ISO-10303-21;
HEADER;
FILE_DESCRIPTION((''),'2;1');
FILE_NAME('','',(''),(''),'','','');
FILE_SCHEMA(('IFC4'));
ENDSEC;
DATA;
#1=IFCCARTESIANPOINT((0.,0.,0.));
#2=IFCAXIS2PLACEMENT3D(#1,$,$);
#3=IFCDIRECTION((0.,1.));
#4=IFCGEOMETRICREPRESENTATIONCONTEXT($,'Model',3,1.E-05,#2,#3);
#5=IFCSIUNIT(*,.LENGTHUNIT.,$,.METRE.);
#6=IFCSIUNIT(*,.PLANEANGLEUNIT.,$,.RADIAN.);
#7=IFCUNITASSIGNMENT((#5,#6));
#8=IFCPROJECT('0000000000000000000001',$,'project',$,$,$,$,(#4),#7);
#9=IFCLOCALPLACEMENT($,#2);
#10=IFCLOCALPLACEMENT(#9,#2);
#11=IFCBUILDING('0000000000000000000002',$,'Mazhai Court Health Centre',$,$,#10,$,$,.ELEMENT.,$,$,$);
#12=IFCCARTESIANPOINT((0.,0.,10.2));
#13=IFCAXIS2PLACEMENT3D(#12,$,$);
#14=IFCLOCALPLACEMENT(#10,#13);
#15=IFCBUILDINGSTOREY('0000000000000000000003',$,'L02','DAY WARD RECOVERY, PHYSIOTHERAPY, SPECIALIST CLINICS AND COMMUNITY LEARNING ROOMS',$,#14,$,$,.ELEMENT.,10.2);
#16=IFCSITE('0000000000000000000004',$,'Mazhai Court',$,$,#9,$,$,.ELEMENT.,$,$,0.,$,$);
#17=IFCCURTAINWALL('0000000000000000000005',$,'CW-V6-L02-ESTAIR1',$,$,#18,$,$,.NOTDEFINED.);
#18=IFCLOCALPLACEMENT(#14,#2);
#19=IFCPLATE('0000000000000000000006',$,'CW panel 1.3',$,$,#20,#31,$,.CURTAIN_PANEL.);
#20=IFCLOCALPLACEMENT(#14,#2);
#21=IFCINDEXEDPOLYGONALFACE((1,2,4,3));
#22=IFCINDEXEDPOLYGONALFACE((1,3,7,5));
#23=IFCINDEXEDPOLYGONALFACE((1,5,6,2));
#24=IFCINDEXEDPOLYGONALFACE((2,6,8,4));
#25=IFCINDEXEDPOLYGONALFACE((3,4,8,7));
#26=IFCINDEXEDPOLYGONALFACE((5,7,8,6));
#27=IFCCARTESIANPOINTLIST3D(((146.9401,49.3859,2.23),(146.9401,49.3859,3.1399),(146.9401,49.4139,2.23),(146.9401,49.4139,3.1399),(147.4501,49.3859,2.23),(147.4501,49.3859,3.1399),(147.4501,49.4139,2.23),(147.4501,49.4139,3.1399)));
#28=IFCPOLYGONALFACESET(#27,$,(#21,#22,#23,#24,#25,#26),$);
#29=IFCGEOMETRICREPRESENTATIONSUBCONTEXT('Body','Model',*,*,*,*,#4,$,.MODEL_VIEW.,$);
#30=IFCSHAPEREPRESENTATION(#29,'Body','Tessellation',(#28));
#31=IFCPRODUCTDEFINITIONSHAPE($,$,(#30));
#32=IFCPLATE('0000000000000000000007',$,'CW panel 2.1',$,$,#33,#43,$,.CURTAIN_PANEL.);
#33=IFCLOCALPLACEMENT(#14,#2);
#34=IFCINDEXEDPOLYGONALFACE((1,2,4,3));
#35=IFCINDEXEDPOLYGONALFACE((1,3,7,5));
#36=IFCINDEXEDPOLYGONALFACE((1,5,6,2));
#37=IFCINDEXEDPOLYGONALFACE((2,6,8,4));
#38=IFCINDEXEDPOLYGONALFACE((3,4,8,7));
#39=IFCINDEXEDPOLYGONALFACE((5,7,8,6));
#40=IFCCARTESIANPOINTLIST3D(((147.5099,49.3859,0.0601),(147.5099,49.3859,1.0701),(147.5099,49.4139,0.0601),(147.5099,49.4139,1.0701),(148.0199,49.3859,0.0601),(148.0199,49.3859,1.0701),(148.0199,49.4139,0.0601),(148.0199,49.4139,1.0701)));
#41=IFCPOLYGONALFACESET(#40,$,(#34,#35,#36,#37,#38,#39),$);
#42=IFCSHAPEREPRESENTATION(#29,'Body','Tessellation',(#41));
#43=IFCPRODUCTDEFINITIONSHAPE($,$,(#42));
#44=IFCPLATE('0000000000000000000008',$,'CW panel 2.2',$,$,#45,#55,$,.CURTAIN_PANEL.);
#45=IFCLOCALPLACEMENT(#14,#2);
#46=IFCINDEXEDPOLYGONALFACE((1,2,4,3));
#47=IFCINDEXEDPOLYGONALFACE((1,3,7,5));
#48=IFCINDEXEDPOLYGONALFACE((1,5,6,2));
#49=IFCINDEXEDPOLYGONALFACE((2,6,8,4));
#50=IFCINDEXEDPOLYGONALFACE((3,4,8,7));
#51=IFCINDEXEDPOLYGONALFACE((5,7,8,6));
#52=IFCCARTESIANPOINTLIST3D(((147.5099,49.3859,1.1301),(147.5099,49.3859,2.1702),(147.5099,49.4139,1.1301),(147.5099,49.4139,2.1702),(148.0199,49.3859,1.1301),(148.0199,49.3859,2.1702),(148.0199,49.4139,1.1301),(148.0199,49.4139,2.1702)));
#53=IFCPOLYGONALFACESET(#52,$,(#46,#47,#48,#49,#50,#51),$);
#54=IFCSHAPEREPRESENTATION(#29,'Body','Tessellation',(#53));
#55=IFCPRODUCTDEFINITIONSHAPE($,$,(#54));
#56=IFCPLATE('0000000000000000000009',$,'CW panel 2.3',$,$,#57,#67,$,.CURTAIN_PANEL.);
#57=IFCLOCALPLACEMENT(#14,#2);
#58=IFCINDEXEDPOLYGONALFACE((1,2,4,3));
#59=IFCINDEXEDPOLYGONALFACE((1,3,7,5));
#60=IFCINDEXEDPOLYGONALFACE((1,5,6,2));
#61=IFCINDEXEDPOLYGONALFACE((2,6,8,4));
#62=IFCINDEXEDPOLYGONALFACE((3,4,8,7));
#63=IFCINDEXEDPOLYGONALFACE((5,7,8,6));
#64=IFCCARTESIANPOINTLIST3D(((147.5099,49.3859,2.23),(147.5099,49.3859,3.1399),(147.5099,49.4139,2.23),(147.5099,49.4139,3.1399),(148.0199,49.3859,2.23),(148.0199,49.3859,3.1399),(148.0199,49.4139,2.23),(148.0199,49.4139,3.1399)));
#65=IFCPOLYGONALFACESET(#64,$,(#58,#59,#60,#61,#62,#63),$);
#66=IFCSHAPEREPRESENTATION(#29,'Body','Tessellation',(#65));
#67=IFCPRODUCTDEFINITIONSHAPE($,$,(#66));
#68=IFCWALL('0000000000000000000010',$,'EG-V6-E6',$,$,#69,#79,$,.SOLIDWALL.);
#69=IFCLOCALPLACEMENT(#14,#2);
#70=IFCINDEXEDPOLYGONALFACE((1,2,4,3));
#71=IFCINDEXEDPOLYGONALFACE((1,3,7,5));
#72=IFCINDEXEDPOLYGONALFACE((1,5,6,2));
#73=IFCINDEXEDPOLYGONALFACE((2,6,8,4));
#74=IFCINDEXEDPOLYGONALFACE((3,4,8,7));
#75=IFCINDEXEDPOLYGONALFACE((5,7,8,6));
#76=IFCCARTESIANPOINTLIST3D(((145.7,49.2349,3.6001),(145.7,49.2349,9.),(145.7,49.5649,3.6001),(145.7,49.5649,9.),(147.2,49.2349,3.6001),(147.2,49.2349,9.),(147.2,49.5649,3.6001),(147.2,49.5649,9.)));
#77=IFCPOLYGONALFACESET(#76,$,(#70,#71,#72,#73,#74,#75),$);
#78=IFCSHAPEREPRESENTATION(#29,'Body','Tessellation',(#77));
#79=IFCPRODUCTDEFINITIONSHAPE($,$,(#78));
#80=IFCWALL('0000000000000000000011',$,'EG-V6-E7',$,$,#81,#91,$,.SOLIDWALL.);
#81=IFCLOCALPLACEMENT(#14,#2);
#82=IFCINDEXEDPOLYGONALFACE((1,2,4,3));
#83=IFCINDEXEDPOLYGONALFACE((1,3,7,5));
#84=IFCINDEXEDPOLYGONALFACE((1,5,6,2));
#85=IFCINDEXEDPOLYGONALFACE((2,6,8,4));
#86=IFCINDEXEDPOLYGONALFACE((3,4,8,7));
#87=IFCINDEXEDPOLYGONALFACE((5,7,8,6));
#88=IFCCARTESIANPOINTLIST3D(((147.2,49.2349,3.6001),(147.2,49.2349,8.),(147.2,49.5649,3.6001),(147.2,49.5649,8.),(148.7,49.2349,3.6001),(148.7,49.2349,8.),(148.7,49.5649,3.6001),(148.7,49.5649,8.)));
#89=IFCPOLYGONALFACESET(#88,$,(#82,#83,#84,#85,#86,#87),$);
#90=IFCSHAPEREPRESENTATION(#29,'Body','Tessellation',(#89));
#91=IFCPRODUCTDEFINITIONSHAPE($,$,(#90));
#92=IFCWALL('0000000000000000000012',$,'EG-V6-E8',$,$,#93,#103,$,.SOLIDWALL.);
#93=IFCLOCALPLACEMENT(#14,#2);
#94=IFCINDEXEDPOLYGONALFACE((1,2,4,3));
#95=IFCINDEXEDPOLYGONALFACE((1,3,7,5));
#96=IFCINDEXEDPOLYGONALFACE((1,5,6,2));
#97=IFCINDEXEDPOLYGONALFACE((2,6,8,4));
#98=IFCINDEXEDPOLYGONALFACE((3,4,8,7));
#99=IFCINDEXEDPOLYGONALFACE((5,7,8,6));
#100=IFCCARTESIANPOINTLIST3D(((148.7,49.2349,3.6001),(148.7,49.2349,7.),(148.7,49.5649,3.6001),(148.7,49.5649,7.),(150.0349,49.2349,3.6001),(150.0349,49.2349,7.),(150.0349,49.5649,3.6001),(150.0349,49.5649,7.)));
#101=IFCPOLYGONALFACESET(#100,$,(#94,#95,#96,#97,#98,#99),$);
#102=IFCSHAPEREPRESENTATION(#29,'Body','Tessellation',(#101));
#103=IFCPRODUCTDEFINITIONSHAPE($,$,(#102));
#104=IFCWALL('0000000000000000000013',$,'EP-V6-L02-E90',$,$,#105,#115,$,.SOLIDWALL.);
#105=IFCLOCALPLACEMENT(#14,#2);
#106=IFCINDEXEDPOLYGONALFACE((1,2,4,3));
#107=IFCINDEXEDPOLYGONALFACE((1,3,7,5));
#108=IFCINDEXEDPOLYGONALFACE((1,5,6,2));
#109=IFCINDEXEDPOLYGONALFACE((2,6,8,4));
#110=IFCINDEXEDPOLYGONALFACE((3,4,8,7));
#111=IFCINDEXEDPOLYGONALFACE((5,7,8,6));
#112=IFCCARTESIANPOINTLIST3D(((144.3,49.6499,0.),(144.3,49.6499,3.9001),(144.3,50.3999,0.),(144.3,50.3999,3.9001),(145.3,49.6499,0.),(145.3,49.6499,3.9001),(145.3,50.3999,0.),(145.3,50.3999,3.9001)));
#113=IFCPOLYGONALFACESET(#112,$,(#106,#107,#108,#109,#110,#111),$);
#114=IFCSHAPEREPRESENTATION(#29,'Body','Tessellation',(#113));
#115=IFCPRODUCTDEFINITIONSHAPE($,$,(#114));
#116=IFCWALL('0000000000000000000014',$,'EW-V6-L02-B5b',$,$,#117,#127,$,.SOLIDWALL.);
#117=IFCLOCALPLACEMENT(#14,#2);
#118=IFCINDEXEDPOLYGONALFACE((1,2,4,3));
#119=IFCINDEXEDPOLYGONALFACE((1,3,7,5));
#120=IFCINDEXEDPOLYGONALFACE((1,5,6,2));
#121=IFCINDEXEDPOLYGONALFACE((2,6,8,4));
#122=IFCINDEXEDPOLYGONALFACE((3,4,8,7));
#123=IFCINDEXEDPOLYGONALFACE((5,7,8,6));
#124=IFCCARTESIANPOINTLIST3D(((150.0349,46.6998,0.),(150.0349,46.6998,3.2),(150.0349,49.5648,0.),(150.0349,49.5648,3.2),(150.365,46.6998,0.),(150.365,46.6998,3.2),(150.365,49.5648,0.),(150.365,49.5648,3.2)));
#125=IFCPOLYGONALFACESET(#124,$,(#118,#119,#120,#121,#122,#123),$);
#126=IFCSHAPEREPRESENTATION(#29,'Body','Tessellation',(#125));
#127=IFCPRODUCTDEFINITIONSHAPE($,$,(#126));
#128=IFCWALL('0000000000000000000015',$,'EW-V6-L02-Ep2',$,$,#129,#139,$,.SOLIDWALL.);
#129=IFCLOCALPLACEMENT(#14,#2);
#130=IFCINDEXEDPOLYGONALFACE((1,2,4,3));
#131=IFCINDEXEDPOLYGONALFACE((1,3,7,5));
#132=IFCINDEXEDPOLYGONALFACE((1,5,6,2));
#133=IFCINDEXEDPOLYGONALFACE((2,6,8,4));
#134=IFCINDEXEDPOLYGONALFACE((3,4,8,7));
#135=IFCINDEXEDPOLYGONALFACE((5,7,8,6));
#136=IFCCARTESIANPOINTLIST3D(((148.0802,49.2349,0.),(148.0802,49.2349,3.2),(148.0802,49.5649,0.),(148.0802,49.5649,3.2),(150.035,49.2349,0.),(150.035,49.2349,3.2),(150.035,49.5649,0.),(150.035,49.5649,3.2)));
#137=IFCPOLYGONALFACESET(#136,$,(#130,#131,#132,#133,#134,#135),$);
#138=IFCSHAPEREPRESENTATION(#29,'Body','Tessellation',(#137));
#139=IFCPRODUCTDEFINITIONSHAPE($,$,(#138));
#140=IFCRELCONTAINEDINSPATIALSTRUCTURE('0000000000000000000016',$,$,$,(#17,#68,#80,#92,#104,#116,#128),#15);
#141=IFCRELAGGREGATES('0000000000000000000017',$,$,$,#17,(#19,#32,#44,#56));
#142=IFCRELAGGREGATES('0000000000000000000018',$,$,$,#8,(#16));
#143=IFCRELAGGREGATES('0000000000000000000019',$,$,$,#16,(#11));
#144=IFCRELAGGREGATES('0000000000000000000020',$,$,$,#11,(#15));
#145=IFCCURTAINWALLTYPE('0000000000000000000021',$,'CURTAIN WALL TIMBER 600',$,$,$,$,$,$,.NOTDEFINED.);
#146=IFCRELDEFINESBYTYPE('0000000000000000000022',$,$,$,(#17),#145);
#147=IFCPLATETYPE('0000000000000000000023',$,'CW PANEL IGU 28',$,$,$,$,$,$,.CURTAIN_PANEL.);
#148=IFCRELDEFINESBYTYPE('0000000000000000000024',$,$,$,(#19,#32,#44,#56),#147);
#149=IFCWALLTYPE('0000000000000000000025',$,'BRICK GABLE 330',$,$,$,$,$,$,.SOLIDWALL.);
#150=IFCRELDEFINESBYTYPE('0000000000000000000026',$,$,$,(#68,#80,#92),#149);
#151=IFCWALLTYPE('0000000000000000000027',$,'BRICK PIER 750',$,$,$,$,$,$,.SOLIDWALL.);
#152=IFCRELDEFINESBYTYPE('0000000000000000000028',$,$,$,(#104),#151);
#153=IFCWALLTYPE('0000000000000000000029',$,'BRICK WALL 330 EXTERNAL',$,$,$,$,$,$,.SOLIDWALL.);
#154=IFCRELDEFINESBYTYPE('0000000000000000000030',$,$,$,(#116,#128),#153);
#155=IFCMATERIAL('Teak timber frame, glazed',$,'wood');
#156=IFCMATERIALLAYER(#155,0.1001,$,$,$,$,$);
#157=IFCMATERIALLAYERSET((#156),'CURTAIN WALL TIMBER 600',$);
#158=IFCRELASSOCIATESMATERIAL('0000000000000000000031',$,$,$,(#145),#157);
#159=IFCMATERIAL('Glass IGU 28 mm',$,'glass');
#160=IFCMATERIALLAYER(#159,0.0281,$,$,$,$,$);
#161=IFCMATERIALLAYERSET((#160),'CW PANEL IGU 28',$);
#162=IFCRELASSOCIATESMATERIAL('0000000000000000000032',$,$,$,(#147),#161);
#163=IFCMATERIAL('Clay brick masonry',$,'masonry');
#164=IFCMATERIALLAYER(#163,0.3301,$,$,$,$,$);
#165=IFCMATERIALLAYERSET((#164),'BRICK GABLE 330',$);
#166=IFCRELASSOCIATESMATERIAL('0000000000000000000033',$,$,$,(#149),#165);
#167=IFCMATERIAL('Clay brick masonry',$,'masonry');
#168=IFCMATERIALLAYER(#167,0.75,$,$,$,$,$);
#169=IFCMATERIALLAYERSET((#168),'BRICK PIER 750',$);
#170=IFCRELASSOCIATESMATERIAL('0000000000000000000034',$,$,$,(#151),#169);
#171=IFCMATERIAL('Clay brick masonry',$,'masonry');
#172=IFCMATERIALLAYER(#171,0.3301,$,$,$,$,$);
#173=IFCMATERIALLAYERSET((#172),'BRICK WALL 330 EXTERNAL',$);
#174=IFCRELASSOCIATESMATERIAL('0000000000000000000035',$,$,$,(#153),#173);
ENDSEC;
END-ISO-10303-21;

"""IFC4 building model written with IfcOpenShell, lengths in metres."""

from ifc_helpers import new_model, si_unit, direction, frame, frame_2d, origin, origin_2d, place, context, subcontext, project, spatial, rectangle, extrude, material, layer, layer_set, type_object, element, aggregate, save


model = new_model("IFC4")

# Units and contexts
model_context = context("Model", 3, precision=1e-05, world=origin(), true_north=direction((0.0, 1.0)))
body_context = subcontext(model_context, "Body", "Model", "MODEL_VIEW")
ifc_project = project(units=[si_unit("LENGTHUNIT", "METRE"), si_unit("PLANEANGLEUNIT", "RADIAN")], contexts=[model_context])

# Site, building, storey
site_placement = place(None, origin())
site = spatial("IfcSite", under=ifc_project, at=site_placement, Name="Mazhai Court", CompositionType="ELEMENT", RefElevation=0.0)
building_placement = place(site_placement, origin())
building = spatial("IfcBuilding", under=site, at=building_placement, Name="Mazhai Court Health Centre", CompositionType="ELEMENT")
storey_placement = place(building_placement, frame((0.0, 0.0, 10.2)))
storey = spatial("IfcBuildingStorey", under=building, at=storey_placement, Name="L02", Description="DAY WARD RECOVERY, PHYSIOTHERAPY, SPECIALIST CLINICS AND COMMUNITY LEARNING ROOMS", CompositionType="ELEMENT", Elevation=10.2)

# Curtain wall, plates
ifc_material_1 = material(Name="Teak timber frame, glazed", Category="wood")
ifc_layer_1 = layer(ifc_material_1, 0.1001)
ifc_layer_set_1 = layer_set([ifc_layer_1], Name="CURTAIN WALL TIMBER 600")
curtain_wall_type_1 = type_object("IfcCurtainWallType", Name="CURTAIN WALL TIMBER 600", PredefinedType="NOTDEFINED", material=ifc_layer_set_1)
curtain_wall_1_placement = place(storey_placement, origin())
curtain_wall_1 = element("IfcCurtainWall", 1, at=curtain_wall_1_placement, inside=storey, type_object=curtain_wall_type_1, Name="CW-V6-L02-ESTAIR1", PredefinedType="NOTDEFINED")
ifc_material_2 = material(Name="Glass IGU 28 mm", Category="glass")
ifc_layer_2 = layer(ifc_material_2, 0.0281)
ifc_layer_set_2 = layer_set([ifc_layer_2], Name="CW PANEL IGU 28")
plate_type = type_object("IfcPlateType", Name="CW PANEL IGU 28", PredefinedType="CURTAIN_PANEL", material=ifc_layer_set_2)
plate_1_placement = place(storey_placement, frame((147.1951, 49.3999, 2.23), z_axis=(0.0, 0.0, 1.0), x_axis=(1.0, 0.0, 0.0)))
plate_1 = element("IfcPlate", 2, at=plate_1_placement, type_object=plate_type, Name="CW panel 1.3", PredefinedType="CURTAIN_PANEL", context=body_context, shape_type="SweptSolid", body=[
    extrude(rectangle(XDim=0.51, YDim=0.0281, at=origin_2d()), origin(), (0.0, 0.0, 1.0), 0.9099),
])
plate_2_placement = place(storey_placement, frame((147.7649, 49.3999, 0.0601), z_axis=(0.0, 0.0, 1.0), x_axis=(1.0, 0.0, 0.0)))
plate_2 = element("IfcPlate", 3, at=plate_2_placement, type_object=plate_type, Name="CW panel 2.1", PredefinedType="CURTAIN_PANEL", context=body_context, shape_type="SweptSolid", body=[
    extrude(rectangle(XDim=0.51, YDim=0.0281, at=origin_2d()), origin(), (0.0, 0.0, 1.0), 1.01),
])
plate_3_placement = place(storey_placement, frame((147.7649, 49.3999, 1.1301), z_axis=(0.0, 0.0, 1.0), x_axis=(1.0, 0.0, 0.0)))
plate_3 = element("IfcPlate", 4, at=plate_3_placement, type_object=plate_type, Name="CW panel 2.2", PredefinedType="CURTAIN_PANEL", context=body_context, shape_type="SweptSolid", body=[
    extrude(rectangle(XDim=0.51, YDim=0.0281, at=origin_2d()), origin(), (0.0, 0.0, 1.0), 1.04),
])
plate_4_placement = place(storey_placement, frame((147.7649, 49.3999, 2.23), z_axis=(0.0, 0.0, 1.0), x_axis=(1.0, 0.0, 0.0)))
plate_4 = element("IfcPlate", 5, at=plate_4_placement, type_object=plate_type, Name="CW panel 2.3", PredefinedType="CURTAIN_PANEL", context=body_context, shape_type="SweptSolid", body=[
    extrude(rectangle(XDim=0.51, YDim=0.0281, at=origin_2d()), origin(), (0.0, 0.0, 1.0), 0.9099),
])
aggregate(curtain_wall_1, [plate_1, plate_2, plate_3, plate_4])

# Walls
ifc_material_3 = material(Name="Clay brick masonry", Category="masonry")
ifc_layer_3 = layer(ifc_material_3, 0.3301)
ifc_layer_set_3 = layer_set([ifc_layer_3], Name="BRICK GABLE 330")
wall_type_1 = type_object("IfcWallType", Name="BRICK GABLE 330", PredefinedType="SOLIDWALL", material=ifc_layer_set_3)
wall_1_placement = place(storey_placement, frame((145.7, 49.3999, 3.6001), z_axis=(0.0, 0.0, 1.0), x_axis=(1.0, 0.0, 0.0)))
element("IfcWall", 6, at=wall_1_placement, inside=storey, type_object=wall_type_1, Name="EG-V6-E6", PredefinedType="SOLIDWALL", context=body_context, shape_type="SweptSolid", body=[
    extrude(rectangle(XDim=1.5, YDim=0.3301, at=frame_2d((0.75, 0.0))), origin(), (0.0, 0.0, 1.0), 5.3999),
])
wall_2_placement = place(storey_placement, frame((147.2, 49.3999, 3.6001), z_axis=(0.0, 0.0, 1.0), x_axis=(1.0, 0.0, 0.0)))
element("IfcWall", 7, at=wall_2_placement, inside=storey, type_object=wall_type_1, Name="EG-V6-E7", PredefinedType="SOLIDWALL", context=body_context, shape_type="SweptSolid", body=[
    extrude(rectangle(XDim=1.5, YDim=0.3301, at=frame_2d((0.75, 0.0))), origin(), (0.0, 0.0, 1.0), 4.3999),
])
wall_3_placement = place(storey_placement, frame((148.7, 49.3999, 3.6001), z_axis=(0.0, 0.0, 1.0), x_axis=(1.0, 0.0, 0.0)))
element("IfcWall", 8, at=wall_3_placement, inside=storey, type_object=wall_type_1, Name="EG-V6-E8", PredefinedType="SOLIDWALL", context=body_context, shape_type="SweptSolid", body=[
    extrude(rectangle(XDim=1.335, YDim=0.3301, at=frame_2d((0.6675, 0.0))), origin(), (0.0, 0.0, 1.0), 3.3999),
])
ifc_material_4 = material(Name="Clay brick masonry", Category="masonry")
ifc_layer_4 = layer(ifc_material_4, 0.75)
ifc_layer_set_4 = layer_set([ifc_layer_4], Name="BRICK PIER 750")
wall_type_2 = type_object("IfcWallType", Name="BRICK PIER 750", PredefinedType="SOLIDWALL", material=ifc_layer_set_4)
wall_4_placement = place(storey_placement, frame((144.3, 50.0249, 0.0), z_axis=(0.0, 0.0, 1.0), x_axis=(1.0, 0.0, 0.0)))
element("IfcWall", 9, at=wall_4_placement, inside=storey, type_object=wall_type_2, Name="EP-V6-L02-E90", PredefinedType="SOLIDWALL", context=body_context, shape_type="SweptSolid", body=[
    extrude(rectangle(XDim=1.0, YDim=0.75, at=frame_2d((0.5, 0.0))), origin(), (0.0, 0.0, 1.0), 3.9001),
])
ifc_material_5 = material(Name="Clay brick masonry", Category="masonry")
ifc_layer_5 = layer(ifc_material_5, 0.3301)
ifc_layer_set_5 = layer_set([ifc_layer_5], Name="BRICK WALL 330 EXTERNAL")
wall_type_3 = type_object("IfcWallType", Name="BRICK WALL 330 EXTERNAL", PredefinedType="SOLIDWALL", material=ifc_layer_set_5)
wall_5_placement = place(storey_placement, frame((150.2, 49.5649, 0.0), z_axis=(0.0, 0.0, 1.0), x_axis=(0.0, -1.0, 0.0)))
element("IfcWall", 10, at=wall_5_placement, inside=storey, type_object=wall_type_3, Name="EW-V6-L02-B5b", PredefinedType="SOLIDWALL", context=body_context, shape_type="SweptSolid", body=[
    extrude(rectangle(XDim=2.865, YDim=0.3301, at=frame_2d((1.4326, 0.0))), origin(), (0.0, 0.0, 1.0), 3.2),
])
wall_6_placement = place(storey_placement, frame((148.0801, 49.3999, 0.0), z_axis=(0.0, 0.0, 1.0), x_axis=(1.0, 0.0, 0.0)))
element("IfcWall", 11, at=wall_6_placement, inside=storey, type_object=wall_type_3, Name="EW-V6-L02-Ep2", PredefinedType="SOLIDWALL", context=body_context, shape_type="SweptSolid", body=[
    extrude(rectangle(XDim=1.9548, YDim=0.3301, at=frame_2d((0.9775, 0.0))), origin(), (0.0, 0.0, 1.0), 3.2),
])

save(model, "model.ifc")
